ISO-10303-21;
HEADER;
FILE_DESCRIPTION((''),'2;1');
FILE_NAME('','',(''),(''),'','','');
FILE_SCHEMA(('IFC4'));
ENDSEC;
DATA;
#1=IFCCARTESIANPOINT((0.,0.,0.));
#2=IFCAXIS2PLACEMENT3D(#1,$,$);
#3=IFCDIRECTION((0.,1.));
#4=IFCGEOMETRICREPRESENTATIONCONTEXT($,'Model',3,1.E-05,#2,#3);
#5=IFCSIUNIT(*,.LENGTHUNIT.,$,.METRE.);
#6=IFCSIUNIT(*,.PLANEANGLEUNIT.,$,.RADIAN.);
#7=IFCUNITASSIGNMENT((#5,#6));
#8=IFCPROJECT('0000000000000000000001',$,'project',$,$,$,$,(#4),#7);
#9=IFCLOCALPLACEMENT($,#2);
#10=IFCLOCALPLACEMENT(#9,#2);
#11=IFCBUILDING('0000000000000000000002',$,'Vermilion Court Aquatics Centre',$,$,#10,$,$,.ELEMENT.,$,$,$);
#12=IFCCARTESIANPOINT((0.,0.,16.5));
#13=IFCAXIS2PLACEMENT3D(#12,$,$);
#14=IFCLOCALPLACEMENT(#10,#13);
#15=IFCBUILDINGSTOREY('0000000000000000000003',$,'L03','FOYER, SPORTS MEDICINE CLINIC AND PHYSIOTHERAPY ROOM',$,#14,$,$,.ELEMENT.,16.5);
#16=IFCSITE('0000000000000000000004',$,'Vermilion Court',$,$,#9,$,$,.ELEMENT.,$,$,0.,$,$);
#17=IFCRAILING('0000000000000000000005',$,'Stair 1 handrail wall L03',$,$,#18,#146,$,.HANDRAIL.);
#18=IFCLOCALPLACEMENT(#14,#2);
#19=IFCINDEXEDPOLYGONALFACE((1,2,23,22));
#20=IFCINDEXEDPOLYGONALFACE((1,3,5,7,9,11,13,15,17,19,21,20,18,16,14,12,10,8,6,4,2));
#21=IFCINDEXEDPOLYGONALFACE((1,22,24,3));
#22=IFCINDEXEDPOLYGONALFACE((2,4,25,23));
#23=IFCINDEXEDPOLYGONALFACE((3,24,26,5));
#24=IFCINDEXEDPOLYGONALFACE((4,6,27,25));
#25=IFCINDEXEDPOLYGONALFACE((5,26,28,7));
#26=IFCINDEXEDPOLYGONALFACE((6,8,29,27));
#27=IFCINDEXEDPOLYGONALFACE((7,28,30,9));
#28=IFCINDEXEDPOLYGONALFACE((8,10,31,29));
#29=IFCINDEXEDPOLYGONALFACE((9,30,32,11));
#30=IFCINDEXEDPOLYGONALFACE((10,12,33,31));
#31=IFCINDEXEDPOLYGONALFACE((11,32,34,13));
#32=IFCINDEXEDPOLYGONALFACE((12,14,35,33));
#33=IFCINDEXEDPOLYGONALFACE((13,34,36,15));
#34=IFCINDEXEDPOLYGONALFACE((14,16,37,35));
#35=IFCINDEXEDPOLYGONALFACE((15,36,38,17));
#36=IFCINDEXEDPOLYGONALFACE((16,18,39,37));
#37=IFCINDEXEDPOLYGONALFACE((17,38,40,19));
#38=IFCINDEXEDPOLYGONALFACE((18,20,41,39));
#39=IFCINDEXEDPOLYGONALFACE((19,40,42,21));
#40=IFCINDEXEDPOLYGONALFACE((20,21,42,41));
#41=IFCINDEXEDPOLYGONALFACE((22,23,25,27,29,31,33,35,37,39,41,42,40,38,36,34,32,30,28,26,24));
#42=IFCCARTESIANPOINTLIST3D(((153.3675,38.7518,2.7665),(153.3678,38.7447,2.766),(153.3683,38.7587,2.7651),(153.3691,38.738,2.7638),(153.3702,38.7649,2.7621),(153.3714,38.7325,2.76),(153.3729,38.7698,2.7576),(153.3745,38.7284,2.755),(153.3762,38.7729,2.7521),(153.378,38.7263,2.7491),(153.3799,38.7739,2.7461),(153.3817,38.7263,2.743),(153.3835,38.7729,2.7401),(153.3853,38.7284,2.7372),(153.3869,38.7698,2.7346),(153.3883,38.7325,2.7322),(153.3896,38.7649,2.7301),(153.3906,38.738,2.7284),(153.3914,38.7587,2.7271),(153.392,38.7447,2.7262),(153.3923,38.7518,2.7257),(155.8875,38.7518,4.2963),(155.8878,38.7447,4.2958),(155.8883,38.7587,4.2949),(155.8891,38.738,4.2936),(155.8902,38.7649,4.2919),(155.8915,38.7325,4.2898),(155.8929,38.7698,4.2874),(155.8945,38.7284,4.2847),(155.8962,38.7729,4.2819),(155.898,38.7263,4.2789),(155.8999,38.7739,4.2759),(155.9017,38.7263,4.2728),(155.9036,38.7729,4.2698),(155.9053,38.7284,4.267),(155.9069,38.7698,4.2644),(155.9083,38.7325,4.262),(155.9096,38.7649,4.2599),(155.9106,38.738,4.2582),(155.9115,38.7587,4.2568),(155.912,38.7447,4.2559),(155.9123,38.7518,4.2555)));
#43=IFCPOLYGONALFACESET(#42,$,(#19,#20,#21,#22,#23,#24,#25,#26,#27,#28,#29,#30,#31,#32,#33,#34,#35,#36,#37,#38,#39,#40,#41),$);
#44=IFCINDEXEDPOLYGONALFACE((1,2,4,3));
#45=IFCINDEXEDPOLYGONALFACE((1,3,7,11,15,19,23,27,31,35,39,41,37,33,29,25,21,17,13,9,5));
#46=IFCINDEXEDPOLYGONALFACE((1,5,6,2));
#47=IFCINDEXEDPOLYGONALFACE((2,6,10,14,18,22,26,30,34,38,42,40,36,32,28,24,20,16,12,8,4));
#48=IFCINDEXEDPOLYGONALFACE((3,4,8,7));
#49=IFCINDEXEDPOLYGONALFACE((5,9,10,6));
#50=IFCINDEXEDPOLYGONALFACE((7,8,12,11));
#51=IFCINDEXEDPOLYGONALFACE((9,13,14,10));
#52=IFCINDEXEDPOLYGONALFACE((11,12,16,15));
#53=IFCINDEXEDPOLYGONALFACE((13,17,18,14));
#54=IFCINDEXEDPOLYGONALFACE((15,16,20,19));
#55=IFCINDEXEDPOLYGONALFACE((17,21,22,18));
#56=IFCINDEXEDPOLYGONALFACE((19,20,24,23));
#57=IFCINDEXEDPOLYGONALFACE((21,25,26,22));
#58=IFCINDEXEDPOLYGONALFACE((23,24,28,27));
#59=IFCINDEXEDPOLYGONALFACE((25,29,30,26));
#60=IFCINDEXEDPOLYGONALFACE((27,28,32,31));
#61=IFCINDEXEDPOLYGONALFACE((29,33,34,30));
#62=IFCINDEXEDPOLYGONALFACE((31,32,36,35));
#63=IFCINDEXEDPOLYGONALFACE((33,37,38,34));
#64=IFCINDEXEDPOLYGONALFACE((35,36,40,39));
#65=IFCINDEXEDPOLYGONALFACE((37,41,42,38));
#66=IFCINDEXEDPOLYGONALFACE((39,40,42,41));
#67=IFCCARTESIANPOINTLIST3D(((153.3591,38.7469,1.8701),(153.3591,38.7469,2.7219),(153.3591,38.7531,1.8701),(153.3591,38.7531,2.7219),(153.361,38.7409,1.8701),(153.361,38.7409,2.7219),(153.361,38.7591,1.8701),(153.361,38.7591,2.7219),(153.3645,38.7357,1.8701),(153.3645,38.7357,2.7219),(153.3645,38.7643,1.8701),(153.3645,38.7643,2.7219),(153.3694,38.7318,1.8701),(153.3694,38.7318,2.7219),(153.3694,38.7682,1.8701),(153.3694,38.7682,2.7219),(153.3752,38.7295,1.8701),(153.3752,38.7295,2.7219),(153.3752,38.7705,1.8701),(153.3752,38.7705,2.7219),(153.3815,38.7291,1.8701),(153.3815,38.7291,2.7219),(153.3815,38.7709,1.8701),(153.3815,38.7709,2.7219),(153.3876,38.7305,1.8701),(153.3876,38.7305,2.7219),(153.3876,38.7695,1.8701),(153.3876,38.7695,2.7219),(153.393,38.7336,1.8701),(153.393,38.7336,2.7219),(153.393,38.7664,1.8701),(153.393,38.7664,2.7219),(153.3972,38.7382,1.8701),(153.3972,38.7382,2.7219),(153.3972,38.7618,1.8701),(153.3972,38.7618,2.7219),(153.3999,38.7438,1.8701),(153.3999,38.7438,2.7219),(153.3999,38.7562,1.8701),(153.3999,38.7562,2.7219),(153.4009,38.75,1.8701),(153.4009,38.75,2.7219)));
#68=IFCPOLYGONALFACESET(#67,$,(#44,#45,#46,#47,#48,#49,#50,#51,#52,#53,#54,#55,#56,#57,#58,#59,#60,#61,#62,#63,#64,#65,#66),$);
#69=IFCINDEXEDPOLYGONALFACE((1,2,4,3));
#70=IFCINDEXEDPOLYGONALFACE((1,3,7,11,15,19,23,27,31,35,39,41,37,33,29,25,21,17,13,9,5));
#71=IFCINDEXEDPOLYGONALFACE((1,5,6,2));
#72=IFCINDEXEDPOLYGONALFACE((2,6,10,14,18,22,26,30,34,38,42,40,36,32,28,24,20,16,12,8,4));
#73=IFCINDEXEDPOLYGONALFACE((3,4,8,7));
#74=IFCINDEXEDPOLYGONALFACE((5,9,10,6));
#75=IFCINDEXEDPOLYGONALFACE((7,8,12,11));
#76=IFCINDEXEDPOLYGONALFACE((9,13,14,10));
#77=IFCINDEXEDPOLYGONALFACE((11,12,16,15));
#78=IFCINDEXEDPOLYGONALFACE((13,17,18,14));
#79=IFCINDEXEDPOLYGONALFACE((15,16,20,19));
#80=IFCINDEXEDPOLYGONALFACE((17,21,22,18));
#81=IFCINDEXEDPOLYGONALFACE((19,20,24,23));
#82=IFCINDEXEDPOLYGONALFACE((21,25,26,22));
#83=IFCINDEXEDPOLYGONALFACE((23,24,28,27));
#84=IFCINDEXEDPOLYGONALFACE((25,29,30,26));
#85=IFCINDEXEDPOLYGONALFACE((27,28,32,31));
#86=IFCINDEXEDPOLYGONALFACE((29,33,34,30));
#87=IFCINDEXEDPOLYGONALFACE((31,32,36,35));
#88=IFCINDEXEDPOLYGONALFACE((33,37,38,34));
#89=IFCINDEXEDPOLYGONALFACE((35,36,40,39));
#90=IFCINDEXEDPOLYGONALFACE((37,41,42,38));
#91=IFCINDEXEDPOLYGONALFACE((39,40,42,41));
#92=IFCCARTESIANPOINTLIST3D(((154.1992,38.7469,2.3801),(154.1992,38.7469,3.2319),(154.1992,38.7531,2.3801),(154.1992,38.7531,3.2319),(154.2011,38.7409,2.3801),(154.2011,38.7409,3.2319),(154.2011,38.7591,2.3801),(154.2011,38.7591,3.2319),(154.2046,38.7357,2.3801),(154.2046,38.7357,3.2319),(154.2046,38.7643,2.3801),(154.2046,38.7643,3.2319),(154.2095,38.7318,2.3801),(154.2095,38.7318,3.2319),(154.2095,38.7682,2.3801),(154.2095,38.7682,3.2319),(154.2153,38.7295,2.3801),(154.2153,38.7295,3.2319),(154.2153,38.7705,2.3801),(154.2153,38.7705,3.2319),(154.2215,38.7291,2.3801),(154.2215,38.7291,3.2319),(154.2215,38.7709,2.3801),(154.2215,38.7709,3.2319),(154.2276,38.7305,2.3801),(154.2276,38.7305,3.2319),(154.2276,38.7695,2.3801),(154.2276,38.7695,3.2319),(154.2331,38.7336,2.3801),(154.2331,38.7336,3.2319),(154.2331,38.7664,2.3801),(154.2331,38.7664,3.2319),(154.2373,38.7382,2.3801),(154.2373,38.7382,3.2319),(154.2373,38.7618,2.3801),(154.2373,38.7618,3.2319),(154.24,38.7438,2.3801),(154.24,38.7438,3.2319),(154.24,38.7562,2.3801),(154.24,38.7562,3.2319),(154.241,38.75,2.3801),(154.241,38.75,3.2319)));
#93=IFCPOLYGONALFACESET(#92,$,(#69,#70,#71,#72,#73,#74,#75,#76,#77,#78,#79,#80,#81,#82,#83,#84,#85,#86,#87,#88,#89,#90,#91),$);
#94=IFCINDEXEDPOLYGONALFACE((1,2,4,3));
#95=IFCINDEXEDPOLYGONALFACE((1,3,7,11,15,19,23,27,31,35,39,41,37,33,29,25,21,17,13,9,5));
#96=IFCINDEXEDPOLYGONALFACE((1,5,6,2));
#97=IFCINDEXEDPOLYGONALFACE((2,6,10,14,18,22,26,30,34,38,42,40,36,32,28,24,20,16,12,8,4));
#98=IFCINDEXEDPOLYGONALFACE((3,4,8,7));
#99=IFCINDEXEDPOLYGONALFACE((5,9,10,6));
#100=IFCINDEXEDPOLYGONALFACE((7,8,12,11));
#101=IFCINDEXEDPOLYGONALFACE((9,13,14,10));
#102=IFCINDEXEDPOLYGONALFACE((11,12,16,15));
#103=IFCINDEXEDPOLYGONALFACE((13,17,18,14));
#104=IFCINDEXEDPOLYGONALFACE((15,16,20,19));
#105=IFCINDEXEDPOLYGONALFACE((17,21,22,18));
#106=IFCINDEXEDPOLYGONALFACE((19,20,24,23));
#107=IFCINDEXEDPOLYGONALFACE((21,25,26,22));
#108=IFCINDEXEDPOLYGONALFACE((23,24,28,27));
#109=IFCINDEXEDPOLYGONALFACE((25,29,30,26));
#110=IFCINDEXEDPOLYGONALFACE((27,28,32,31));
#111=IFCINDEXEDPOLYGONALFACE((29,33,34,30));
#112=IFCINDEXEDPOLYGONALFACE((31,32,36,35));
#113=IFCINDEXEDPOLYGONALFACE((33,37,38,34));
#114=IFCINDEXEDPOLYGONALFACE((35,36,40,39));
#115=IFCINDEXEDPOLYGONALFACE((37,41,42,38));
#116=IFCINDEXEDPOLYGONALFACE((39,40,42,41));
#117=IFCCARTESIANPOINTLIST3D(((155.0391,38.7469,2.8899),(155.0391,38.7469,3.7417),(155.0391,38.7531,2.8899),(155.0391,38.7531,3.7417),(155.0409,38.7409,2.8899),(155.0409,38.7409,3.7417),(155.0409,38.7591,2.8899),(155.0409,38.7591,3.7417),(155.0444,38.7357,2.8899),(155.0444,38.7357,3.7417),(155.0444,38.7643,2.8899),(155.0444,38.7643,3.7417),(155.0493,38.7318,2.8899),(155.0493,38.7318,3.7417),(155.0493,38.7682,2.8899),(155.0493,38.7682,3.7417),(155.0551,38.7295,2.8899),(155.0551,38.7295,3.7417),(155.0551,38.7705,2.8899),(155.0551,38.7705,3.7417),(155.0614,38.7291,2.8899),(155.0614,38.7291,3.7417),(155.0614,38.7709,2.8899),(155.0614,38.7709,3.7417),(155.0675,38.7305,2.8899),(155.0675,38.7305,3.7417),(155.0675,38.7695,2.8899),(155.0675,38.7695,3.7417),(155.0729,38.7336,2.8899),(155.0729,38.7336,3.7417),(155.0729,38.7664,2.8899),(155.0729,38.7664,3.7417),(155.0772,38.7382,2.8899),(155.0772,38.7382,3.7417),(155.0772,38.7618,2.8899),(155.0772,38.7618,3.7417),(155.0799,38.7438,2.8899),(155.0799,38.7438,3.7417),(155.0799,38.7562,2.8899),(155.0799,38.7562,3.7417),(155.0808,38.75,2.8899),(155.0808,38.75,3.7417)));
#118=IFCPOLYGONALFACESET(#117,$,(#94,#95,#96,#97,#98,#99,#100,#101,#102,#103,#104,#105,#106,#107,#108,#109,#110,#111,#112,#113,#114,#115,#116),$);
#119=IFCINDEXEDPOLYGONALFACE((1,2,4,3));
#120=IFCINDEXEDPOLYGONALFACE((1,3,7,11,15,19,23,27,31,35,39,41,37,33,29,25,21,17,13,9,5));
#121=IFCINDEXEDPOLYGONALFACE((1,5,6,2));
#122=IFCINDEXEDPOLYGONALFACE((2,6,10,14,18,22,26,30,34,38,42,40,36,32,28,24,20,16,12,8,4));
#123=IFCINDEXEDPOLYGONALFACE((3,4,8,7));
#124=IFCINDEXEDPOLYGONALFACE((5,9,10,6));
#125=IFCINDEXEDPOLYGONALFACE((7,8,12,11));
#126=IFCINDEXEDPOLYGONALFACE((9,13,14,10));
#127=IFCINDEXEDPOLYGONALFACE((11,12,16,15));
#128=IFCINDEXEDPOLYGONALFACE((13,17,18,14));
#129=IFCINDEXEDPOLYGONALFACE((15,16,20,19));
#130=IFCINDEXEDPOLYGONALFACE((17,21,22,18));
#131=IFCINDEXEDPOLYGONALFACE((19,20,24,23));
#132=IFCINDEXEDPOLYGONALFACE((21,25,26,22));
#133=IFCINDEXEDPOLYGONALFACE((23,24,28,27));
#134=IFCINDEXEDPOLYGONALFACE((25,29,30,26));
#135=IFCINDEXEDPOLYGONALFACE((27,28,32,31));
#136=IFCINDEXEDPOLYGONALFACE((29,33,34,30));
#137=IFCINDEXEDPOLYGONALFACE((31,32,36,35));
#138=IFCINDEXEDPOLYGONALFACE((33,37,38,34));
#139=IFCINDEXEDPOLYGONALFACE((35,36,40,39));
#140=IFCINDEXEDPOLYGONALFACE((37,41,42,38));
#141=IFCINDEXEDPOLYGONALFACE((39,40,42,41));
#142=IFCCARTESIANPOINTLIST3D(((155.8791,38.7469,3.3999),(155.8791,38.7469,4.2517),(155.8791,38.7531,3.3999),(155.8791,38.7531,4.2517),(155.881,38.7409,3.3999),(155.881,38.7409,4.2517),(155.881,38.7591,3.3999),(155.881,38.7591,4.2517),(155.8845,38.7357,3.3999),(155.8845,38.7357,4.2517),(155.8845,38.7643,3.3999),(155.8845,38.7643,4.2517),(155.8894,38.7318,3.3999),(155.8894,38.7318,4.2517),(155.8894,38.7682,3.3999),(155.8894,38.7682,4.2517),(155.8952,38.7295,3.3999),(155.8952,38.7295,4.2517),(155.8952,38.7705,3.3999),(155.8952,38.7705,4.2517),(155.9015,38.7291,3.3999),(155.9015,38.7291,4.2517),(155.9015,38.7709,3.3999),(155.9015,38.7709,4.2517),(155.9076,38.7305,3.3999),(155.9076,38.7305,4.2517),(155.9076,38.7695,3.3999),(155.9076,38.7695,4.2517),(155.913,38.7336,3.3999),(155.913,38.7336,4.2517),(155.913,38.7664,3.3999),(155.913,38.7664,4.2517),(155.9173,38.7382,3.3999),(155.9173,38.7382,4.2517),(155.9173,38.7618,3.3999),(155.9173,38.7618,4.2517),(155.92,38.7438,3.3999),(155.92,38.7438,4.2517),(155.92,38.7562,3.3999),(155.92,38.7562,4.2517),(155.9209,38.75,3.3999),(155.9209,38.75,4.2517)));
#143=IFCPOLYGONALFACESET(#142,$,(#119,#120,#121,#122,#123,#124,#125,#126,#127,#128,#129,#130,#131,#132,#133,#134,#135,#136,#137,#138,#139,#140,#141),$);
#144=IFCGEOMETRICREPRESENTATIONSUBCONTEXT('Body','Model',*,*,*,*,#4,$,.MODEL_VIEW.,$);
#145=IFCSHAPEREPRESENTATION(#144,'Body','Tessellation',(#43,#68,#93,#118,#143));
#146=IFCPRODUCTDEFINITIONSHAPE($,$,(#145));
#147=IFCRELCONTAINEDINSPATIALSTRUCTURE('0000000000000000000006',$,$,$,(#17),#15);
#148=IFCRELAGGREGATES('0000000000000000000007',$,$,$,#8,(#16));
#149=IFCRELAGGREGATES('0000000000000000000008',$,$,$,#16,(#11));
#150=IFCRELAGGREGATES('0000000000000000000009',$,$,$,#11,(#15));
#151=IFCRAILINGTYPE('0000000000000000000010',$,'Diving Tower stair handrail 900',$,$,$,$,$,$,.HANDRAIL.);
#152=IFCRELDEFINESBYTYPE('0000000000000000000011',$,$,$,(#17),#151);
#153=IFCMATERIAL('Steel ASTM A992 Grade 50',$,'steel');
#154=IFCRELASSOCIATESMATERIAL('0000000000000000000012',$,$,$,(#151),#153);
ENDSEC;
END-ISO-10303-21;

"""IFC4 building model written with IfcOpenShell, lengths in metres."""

from ifc_helpers import new_model, si_unit, direction, frame, origin, origin_2d, place, context, subcontext, project, spatial, circle, extrude, material, type_object, element, save


model = new_model("IFC4")

# Units and contexts
model_context = context("Model", 3, precision=1e-05, world=origin(), true_north=direction((0.0, 1.0)))
body_context = subcontext(model_context, "Body", "Model", "MODEL_VIEW")
ifc_project = project(units=[si_unit("LENGTHUNIT", "METRE"), si_unit("PLANEANGLEUNIT", "RADIAN")], contexts=[model_context])

# Site, building, storey
site_placement = place(None, origin())
site = spatial("IfcSite", under=ifc_project, at=site_placement, Name="Vermilion Court", CompositionType="ELEMENT", RefElevation=0.0)
building_placement = place(site_placement, origin())
building = spatial("IfcBuilding", under=site, at=building_placement, Name="Vermilion Court Aquatics Centre", CompositionType="ELEMENT")
storey_placement = place(building_placement, frame((0.0, 0.0, 16.5)))
storey = spatial("IfcBuildingStorey", under=building, at=storey_placement, Name="L03", Description="FOYER, SPORTS MEDICINE CLINIC AND PHYSIOTHERAPY ROOM", CompositionType="ELEMENT", Elevation=16.5)

# Railing
ifc_material_1 = material(Name="Steel ASTM A992 Grade 50", Category="steel")
railing_type_1 = type_object("IfcRailingType", Name="Diving Tower stair handrail 900", PredefinedType="HANDRAIL", material=ifc_material_1)
for number, where, name in (
    (1, (153.3799, 38.75, 1.8701), "Stair 1 handrail wall L03"),
):
    element("IfcRailing", number, at=place(storey_placement, frame(where)), inside=storey, type_object=railing_type_1, Name=name, PredefinedType="HANDRAIL", context=body_context, shape_type="SweptSolid", body=[
        extrude(circle(Radius=0.0239, at=origin_2d()), frame((0.0, 0.0, 0.876), z_axis=(0.854822, 0.0, 0.518922), x_axis=(0.0, 1.0, 0.0)), (0.0, 0.0, 1.0), 2.948),
        extrude(circle(Radius=0.021, at=origin_2d()), origin(), (0.0, 0.0, 1.0), 0.8518),
        extrude(circle(Radius=0.021, at=origin_2d()), frame((0.8401, 0.0, 0.51)), (0.0, 0.0, 1.0), 0.8518),
        extrude(circle(Radius=0.021, at=origin_2d()), frame((1.6799, 0.0, 1.0198)), (0.0, 0.0, 1.0), 0.8518),
        extrude(circle(Radius=0.021, at=origin_2d()), frame((2.52, 0.0, 1.5298)), (0.0, 0.0, 1.0), 0.8518),
    ])

save(model, "model.ifc")
